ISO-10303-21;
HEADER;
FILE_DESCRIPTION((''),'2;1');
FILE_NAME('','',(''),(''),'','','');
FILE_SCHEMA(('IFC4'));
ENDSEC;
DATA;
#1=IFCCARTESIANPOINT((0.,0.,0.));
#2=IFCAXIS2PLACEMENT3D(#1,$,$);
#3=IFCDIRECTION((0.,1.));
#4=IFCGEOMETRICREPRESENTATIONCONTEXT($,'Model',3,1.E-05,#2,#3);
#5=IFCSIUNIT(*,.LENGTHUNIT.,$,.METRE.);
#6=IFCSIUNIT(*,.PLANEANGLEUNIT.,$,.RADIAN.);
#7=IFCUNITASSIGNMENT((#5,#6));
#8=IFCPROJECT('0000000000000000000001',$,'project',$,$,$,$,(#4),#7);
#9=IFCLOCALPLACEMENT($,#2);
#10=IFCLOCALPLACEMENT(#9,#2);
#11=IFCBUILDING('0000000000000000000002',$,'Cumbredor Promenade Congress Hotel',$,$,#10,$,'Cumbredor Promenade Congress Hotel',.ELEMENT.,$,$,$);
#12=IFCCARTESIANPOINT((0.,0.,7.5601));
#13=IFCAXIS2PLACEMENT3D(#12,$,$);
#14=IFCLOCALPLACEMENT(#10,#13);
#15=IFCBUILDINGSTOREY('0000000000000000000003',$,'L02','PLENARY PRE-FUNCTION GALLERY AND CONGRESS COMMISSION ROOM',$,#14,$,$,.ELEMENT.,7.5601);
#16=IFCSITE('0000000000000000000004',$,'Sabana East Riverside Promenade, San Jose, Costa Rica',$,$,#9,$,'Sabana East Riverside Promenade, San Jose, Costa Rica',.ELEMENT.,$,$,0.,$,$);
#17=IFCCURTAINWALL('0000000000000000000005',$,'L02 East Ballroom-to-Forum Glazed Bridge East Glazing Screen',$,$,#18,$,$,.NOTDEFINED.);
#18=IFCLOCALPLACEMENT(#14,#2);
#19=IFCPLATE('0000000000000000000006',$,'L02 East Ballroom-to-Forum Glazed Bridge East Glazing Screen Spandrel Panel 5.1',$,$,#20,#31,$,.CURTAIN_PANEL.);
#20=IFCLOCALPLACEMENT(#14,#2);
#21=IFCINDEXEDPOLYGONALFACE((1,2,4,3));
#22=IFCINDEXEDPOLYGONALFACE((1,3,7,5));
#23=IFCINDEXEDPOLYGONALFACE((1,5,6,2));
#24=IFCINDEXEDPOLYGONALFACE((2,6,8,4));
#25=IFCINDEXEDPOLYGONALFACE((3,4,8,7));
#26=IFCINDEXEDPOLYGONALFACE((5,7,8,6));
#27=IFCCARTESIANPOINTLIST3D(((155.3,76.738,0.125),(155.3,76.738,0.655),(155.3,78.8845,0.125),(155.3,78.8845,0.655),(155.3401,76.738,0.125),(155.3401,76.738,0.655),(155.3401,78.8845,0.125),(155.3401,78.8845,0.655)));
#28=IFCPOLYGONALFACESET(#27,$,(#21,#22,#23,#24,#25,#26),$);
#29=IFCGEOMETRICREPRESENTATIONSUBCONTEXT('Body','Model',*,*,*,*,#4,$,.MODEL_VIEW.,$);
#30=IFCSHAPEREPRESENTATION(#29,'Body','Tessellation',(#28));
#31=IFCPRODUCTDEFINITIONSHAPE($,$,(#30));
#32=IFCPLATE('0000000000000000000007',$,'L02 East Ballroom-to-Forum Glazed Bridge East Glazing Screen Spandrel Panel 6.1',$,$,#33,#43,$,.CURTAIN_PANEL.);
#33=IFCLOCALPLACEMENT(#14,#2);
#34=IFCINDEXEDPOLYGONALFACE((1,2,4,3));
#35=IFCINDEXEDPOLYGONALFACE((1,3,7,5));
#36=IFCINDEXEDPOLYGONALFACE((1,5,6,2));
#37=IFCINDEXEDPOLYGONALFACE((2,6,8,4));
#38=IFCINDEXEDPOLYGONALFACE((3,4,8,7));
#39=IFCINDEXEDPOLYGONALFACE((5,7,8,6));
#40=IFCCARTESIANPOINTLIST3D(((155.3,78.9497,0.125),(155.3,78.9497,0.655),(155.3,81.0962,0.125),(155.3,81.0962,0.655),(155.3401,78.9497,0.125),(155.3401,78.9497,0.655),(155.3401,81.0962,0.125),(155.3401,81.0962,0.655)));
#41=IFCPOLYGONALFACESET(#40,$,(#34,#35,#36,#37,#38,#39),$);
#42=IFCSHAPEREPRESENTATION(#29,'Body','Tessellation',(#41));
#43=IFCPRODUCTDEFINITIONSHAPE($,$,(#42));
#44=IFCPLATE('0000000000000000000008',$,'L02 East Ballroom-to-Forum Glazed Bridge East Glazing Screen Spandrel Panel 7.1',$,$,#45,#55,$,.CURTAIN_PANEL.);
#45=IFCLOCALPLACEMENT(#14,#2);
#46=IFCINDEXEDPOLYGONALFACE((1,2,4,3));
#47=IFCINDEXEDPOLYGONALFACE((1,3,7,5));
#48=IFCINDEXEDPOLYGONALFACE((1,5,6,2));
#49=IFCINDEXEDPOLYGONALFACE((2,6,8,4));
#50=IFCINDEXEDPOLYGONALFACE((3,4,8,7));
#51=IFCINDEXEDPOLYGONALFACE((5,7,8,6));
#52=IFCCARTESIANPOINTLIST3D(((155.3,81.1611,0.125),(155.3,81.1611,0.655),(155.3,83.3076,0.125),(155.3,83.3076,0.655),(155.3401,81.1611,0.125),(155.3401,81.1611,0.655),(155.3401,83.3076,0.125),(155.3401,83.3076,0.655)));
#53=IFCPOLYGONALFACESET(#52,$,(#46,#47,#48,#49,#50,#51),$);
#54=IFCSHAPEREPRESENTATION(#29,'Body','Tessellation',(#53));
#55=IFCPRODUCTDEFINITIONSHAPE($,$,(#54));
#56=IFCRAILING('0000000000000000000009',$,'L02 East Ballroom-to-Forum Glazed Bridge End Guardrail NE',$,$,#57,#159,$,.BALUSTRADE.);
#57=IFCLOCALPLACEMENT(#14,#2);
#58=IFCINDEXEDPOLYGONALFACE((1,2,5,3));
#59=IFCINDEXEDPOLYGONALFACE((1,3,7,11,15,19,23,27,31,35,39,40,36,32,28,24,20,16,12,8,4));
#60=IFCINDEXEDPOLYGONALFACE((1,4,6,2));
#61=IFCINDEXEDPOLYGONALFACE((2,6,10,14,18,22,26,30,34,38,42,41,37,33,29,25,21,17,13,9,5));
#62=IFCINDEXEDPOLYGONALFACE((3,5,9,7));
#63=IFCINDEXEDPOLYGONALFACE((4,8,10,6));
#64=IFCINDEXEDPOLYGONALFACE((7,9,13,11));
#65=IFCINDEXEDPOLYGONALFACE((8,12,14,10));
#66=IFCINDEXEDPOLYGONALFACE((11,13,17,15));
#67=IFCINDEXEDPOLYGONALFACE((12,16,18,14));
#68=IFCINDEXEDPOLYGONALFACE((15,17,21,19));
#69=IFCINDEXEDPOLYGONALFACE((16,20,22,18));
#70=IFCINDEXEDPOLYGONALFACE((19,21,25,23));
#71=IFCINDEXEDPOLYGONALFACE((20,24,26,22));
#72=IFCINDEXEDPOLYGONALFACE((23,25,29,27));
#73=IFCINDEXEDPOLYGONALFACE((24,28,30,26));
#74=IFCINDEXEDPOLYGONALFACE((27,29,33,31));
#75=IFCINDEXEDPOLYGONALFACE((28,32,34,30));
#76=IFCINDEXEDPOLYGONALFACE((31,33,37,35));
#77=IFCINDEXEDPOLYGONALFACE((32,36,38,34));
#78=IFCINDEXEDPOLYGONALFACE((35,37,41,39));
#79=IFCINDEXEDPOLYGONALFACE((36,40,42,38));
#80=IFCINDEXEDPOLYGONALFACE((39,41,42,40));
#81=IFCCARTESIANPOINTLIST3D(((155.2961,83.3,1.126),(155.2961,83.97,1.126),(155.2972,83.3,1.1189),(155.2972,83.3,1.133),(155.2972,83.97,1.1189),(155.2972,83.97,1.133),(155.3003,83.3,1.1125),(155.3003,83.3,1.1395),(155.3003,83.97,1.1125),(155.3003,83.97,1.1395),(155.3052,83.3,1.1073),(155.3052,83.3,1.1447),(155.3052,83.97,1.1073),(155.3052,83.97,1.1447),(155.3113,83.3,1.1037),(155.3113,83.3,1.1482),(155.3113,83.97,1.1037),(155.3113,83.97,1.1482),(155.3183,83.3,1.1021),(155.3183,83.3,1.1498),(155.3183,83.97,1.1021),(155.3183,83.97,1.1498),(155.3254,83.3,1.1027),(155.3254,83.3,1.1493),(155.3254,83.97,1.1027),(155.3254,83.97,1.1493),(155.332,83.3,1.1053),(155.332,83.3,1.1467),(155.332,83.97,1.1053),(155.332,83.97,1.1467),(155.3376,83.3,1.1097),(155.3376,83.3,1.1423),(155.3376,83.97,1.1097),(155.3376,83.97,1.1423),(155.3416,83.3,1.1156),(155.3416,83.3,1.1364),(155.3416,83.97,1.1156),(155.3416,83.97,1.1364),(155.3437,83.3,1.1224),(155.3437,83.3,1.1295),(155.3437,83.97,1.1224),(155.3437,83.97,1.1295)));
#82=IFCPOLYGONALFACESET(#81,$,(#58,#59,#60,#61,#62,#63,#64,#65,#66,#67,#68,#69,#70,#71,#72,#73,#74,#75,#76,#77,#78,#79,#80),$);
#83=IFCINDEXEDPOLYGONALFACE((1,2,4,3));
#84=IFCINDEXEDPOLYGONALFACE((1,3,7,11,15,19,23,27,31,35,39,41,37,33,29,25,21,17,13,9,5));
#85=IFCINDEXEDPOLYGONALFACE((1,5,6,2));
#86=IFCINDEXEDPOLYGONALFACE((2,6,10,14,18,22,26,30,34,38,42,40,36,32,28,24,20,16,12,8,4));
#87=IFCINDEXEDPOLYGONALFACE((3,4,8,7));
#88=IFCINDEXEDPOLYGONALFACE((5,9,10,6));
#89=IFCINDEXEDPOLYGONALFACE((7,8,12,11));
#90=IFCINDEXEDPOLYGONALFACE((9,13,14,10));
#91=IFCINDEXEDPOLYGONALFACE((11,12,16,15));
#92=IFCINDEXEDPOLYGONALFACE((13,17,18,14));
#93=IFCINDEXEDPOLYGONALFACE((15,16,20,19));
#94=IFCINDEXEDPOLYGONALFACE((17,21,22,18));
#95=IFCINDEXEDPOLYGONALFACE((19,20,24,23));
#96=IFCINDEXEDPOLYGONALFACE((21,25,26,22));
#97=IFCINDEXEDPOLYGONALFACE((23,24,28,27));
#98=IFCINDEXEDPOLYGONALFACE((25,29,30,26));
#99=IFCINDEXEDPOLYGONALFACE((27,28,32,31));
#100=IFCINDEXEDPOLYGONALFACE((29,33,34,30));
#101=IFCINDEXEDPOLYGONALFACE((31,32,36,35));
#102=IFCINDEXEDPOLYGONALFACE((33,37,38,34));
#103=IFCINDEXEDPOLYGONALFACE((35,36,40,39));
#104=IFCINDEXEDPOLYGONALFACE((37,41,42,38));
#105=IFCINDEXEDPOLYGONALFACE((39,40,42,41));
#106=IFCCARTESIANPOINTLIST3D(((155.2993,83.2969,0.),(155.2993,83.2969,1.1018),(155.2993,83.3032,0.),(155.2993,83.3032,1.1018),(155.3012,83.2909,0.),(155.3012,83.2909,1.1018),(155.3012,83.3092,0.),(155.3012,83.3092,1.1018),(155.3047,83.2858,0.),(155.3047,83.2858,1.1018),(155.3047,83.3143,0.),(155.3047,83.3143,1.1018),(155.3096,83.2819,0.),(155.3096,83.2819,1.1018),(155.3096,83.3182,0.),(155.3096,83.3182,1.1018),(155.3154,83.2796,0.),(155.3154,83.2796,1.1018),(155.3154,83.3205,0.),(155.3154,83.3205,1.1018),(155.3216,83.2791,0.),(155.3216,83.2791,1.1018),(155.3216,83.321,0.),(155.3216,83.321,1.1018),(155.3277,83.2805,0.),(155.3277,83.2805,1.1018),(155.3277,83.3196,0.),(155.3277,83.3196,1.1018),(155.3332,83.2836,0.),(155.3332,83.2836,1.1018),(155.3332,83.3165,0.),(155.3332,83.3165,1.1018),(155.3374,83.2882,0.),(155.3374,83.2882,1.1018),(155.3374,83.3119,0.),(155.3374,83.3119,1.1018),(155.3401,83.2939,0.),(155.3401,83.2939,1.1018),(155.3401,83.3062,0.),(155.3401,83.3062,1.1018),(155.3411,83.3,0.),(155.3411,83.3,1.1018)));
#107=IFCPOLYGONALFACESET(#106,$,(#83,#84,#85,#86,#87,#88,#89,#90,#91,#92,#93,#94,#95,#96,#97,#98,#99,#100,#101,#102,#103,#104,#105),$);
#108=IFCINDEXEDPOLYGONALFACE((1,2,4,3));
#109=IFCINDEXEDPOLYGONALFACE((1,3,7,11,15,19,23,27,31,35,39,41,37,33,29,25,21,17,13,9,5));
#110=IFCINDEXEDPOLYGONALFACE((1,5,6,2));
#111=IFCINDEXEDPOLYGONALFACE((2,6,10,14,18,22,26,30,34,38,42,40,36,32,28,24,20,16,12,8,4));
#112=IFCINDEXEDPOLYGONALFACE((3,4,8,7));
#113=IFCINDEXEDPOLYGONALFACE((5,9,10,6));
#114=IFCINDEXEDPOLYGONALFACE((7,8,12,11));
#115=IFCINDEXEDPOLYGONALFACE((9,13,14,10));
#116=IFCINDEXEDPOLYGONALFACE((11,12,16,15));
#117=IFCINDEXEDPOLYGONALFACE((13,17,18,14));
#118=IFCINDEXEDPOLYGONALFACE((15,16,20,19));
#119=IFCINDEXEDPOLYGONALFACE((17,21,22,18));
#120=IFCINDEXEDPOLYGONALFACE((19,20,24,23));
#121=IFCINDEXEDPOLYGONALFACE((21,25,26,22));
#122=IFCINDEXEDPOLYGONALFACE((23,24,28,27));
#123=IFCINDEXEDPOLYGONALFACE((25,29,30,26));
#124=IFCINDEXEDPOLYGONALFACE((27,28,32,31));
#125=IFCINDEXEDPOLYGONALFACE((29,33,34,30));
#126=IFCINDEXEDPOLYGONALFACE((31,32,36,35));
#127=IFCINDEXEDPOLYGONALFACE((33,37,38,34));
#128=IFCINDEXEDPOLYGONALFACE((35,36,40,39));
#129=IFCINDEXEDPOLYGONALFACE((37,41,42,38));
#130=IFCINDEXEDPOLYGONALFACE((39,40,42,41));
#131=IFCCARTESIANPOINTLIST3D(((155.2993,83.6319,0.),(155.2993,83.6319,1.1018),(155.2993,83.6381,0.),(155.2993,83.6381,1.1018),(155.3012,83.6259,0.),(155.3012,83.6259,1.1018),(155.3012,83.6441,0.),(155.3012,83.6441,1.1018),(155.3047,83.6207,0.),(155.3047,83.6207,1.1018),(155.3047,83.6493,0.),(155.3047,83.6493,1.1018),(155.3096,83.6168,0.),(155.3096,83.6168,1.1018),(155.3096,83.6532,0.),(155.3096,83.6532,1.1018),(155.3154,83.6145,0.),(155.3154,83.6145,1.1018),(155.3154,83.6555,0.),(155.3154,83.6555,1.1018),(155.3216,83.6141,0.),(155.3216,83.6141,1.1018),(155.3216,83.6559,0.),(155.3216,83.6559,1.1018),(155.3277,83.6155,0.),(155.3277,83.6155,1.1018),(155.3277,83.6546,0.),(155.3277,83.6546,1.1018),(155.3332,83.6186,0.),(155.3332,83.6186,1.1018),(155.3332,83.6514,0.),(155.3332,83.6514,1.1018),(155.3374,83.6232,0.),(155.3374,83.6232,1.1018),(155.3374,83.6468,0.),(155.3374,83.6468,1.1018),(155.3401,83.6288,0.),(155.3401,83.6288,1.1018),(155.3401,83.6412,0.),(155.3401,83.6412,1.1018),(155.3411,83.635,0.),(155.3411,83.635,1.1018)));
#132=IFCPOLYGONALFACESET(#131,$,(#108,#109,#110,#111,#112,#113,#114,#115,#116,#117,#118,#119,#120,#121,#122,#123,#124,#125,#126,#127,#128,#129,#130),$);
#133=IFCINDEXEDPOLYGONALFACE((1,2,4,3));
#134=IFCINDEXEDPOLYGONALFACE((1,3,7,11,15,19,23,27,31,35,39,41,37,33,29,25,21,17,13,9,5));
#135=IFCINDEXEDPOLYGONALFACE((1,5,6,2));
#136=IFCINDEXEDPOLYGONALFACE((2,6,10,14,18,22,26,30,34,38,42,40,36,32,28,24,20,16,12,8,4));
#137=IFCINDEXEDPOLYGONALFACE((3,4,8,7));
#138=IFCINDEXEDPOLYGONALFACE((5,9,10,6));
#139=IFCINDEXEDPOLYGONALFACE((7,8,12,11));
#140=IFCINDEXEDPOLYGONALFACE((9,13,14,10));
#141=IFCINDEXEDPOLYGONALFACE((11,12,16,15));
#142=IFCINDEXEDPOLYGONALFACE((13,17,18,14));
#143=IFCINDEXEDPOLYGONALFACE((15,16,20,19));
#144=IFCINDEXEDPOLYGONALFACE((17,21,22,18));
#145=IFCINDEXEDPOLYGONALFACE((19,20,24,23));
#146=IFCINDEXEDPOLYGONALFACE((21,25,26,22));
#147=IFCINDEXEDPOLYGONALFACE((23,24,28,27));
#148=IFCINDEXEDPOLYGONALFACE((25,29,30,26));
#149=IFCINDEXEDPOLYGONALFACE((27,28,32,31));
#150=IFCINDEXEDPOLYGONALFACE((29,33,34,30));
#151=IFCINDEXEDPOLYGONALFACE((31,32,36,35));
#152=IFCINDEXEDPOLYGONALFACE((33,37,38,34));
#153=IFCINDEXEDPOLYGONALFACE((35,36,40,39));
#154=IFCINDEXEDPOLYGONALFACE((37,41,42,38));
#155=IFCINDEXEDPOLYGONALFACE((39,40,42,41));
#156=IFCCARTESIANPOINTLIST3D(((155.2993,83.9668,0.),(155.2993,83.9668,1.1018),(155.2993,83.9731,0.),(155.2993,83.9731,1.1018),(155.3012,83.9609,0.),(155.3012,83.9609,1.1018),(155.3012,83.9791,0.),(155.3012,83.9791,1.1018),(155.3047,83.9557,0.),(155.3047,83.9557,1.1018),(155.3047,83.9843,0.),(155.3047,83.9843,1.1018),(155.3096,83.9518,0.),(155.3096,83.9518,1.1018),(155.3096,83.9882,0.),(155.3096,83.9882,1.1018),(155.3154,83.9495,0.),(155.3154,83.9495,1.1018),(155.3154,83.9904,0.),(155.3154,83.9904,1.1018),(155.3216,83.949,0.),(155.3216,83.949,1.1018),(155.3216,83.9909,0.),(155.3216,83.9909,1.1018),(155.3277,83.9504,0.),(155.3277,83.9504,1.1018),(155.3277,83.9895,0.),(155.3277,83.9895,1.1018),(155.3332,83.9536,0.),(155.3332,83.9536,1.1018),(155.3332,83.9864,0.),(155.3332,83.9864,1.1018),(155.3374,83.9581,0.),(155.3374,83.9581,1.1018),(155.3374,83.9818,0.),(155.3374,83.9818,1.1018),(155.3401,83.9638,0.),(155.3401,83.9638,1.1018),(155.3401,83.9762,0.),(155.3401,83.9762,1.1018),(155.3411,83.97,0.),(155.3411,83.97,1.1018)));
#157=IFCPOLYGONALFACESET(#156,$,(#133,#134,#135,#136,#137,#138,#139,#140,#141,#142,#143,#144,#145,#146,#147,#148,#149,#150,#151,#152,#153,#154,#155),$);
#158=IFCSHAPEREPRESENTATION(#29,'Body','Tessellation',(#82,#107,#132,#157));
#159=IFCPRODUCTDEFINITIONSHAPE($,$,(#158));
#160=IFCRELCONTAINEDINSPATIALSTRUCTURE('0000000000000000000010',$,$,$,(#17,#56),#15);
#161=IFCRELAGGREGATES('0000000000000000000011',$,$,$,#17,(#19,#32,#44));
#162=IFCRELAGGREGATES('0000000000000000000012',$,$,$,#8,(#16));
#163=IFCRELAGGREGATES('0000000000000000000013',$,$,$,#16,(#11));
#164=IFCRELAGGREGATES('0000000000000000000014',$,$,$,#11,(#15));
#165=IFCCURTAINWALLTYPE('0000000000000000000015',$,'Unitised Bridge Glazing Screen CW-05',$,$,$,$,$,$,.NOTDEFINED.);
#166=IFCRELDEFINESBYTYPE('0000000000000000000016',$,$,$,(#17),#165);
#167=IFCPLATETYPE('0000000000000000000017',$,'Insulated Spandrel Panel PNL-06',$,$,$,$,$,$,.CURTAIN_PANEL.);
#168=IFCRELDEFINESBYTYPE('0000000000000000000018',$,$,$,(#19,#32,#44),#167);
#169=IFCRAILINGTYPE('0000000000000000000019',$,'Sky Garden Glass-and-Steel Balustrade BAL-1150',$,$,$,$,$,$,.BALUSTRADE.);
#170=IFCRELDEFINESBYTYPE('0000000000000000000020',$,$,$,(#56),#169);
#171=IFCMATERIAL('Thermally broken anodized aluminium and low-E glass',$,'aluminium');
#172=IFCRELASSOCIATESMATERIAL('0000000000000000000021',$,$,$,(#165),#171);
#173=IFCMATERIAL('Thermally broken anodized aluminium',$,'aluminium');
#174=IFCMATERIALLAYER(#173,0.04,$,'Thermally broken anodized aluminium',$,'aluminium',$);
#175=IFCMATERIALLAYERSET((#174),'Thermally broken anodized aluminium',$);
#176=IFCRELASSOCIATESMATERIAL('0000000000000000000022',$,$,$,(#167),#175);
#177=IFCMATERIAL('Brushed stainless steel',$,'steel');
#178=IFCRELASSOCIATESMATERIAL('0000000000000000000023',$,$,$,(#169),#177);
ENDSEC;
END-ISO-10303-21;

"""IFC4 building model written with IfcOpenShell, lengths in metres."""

from ifc_helpers import new_model, si_unit, direction, frame, origin, origin_2d, place, context, subcontext, project, spatial, rectangle, circle, extrude, material, layer, layer_set, type_object, element, aggregate, save


model = new_model("IFC4")

# Units and contexts
model_context = context("Model", 3, precision=1e-05, world=origin(), true_north=direction((0.0, 1.0)))
body_context = subcontext(model_context, "Body", "Model", "MODEL_VIEW")
ifc_project = project(units=[si_unit("LENGTHUNIT", "METRE"), si_unit("PLANEANGLEUNIT", "RADIAN")], contexts=[model_context])

# Site, building, storey
site_placement = place(None, origin())
site = spatial("IfcSite", under=ifc_project, at=site_placement, Name="Sabana East Riverside Promenade, San Jose, Costa Rica", LongName="Sabana East Riverside Promenade, San Jose, Costa Rica", CompositionType="ELEMENT", RefElevation=0.0)
building_placement = place(site_placement, origin())
building = spatial("IfcBuilding", under=site, at=building_placement, Name="Cumbredor Promenade Congress Hotel", LongName="Cumbredor Promenade Congress Hotel", CompositionType="ELEMENT")
storey_placement = place(building_placement, frame((0.0, 0.0, 7.5601)))
storey = spatial("IfcBuildingStorey", under=building, at=storey_placement, Name="L02", Description="PLENARY PRE-FUNCTION GALLERY AND CONGRESS COMMISSION ROOM", CompositionType="ELEMENT", Elevation=7.5601)

# Curtain wall, plates
ifc_material_1 = material(Name="Thermally broken anodized aluminium and low-E glass", Category="aluminium")
curtain_wall_type = type_object("IfcCurtainWallType", Name="Unitised Bridge Glazing Screen CW-05", PredefinedType="NOTDEFINED", material=ifc_material_1)
curtain_wall_placement = place(storey_placement, origin())
curtain_wall = element("IfcCurtainWall", 1, at=curtain_wall_placement, inside=storey, type_object=curtain_wall_type, Name="L02 East Ballroom-to-Forum Glazed Bridge East Glazing Screen", PredefinedType="NOTDEFINED")
ifc_material_2 = material(Name="Thermally broken anodized aluminium", Category="aluminium")
ifc_layer_1 = layer(ifc_material_2, 0.04, Name="Thermally broken anodized aluminium", Category="aluminium")
ifc_layer_set_1 = layer_set([ifc_layer_1], Name="Thermally broken anodized aluminium")
plate_type_1 = type_object("IfcPlateType", Name="Insulated Spandrel Panel PNL-06", PredefinedType="CURTAIN_PANEL", material=ifc_layer_set_1)
plate_1_placement = place(storey_placement, frame((155.3201, 77.8113, 0.125), z_axis=(0.0, 0.0, 1.0), x_axis=(0.0, 1.0, 0.0)))
plate_1 = element("IfcPlate", 2, at=plate_1_placement, type_object=plate_type_1, Name="L02 East Ballroom-to-Forum Glazed Bridge East Glazing Screen Spandrel Panel 5.1", PredefinedType="CURTAIN_PANEL", context=body_context, shape_type="SweptSolid", body=[
    extrude(rectangle(XDim=2.1465, YDim=0.04, at=origin_2d()), origin(), (0.0, 0.0, 1.0), 0.53),
])
plate_2_placement = place(storey_placement, frame((155.3201, 80.0229, 0.125), z_axis=(0.0, 0.0, 1.0), x_axis=(0.0, 1.0, 0.0)))
plate_2 = element("IfcPlate", 3, at=plate_2_placement, type_object=plate_type_1, Name="L02 East Ballroom-to-Forum Glazed Bridge East Glazing Screen Spandrel Panel 6.1", PredefinedType="CURTAIN_PANEL", context=body_context, shape_type="SweptSolid", body=[
    extrude(rectangle(XDim=2.1465, YDim=0.04, at=origin_2d()), origin(), (0.0, 0.0, 1.0), 0.53),
])
plate_3_placement = place(storey_placement, frame((155.3201, 82.2344, 0.125), z_axis=(0.0, 0.0, 1.0), x_axis=(0.0, 1.0, 0.0)))
plate_3 = element("IfcPlate", 4, at=plate_3_placement, type_object=plate_type_1, Name="L02 East Ballroom-to-Forum Glazed Bridge East Glazing Screen Spandrel Panel 7.1", PredefinedType="CURTAIN_PANEL", context=body_context, shape_type="SweptSolid", body=[
    extrude(rectangle(XDim=2.1465, YDim=0.04, at=origin_2d()), origin(), (0.0, 0.0, 1.0), 0.53),
])
aggregate(curtain_wall, [plate_1, plate_2, plate_3])

# Railing
ifc_material_3 = material(Name="Brushed stainless steel", Category="steel")
railing_type = type_object("IfcRailingType", Name="Sky Garden Glass-and-Steel Balustrade BAL-1150", PredefinedType="BALUSTRADE", material=ifc_material_3)
railing_placement = place(storey_placement, frame((155.3201, 83.3, 0.0)))
element("IfcRailing", 5, at=railing_placement, inside=storey, type_object=railing_type, Name="L02 East Ballroom-to-Forum Glazed Bridge End Guardrail NE", PredefinedType="BALUSTRADE", context=body_context, shape_type="SweptSolid", body=[
    extrude(circle(Radius=0.0239, at=origin_2d()), frame((0.0, 0.0, 1.126), z_axis=(0.0, 1.0, 0.0), x_axis=(-1.0, 0.0, 0.0)), (0.0, 0.0, 1.0), 0.6699),
    extrude(circle(Radius=0.021, at=origin_2d()), origin(), (0.0, 0.0, 1.0), 1.1018),
    extrude(circle(Radius=0.021, at=origin_2d()), frame((0.0, 0.335, 0.0)), (0.0, 0.0, 1.0), 1.1018),
    extrude(circle(Radius=0.021, at=origin_2d()), frame((0.0, 0.6699, 0.0)), (0.0, 0.0, 1.0), 1.1018),
])

save(model, "model.ifc")
